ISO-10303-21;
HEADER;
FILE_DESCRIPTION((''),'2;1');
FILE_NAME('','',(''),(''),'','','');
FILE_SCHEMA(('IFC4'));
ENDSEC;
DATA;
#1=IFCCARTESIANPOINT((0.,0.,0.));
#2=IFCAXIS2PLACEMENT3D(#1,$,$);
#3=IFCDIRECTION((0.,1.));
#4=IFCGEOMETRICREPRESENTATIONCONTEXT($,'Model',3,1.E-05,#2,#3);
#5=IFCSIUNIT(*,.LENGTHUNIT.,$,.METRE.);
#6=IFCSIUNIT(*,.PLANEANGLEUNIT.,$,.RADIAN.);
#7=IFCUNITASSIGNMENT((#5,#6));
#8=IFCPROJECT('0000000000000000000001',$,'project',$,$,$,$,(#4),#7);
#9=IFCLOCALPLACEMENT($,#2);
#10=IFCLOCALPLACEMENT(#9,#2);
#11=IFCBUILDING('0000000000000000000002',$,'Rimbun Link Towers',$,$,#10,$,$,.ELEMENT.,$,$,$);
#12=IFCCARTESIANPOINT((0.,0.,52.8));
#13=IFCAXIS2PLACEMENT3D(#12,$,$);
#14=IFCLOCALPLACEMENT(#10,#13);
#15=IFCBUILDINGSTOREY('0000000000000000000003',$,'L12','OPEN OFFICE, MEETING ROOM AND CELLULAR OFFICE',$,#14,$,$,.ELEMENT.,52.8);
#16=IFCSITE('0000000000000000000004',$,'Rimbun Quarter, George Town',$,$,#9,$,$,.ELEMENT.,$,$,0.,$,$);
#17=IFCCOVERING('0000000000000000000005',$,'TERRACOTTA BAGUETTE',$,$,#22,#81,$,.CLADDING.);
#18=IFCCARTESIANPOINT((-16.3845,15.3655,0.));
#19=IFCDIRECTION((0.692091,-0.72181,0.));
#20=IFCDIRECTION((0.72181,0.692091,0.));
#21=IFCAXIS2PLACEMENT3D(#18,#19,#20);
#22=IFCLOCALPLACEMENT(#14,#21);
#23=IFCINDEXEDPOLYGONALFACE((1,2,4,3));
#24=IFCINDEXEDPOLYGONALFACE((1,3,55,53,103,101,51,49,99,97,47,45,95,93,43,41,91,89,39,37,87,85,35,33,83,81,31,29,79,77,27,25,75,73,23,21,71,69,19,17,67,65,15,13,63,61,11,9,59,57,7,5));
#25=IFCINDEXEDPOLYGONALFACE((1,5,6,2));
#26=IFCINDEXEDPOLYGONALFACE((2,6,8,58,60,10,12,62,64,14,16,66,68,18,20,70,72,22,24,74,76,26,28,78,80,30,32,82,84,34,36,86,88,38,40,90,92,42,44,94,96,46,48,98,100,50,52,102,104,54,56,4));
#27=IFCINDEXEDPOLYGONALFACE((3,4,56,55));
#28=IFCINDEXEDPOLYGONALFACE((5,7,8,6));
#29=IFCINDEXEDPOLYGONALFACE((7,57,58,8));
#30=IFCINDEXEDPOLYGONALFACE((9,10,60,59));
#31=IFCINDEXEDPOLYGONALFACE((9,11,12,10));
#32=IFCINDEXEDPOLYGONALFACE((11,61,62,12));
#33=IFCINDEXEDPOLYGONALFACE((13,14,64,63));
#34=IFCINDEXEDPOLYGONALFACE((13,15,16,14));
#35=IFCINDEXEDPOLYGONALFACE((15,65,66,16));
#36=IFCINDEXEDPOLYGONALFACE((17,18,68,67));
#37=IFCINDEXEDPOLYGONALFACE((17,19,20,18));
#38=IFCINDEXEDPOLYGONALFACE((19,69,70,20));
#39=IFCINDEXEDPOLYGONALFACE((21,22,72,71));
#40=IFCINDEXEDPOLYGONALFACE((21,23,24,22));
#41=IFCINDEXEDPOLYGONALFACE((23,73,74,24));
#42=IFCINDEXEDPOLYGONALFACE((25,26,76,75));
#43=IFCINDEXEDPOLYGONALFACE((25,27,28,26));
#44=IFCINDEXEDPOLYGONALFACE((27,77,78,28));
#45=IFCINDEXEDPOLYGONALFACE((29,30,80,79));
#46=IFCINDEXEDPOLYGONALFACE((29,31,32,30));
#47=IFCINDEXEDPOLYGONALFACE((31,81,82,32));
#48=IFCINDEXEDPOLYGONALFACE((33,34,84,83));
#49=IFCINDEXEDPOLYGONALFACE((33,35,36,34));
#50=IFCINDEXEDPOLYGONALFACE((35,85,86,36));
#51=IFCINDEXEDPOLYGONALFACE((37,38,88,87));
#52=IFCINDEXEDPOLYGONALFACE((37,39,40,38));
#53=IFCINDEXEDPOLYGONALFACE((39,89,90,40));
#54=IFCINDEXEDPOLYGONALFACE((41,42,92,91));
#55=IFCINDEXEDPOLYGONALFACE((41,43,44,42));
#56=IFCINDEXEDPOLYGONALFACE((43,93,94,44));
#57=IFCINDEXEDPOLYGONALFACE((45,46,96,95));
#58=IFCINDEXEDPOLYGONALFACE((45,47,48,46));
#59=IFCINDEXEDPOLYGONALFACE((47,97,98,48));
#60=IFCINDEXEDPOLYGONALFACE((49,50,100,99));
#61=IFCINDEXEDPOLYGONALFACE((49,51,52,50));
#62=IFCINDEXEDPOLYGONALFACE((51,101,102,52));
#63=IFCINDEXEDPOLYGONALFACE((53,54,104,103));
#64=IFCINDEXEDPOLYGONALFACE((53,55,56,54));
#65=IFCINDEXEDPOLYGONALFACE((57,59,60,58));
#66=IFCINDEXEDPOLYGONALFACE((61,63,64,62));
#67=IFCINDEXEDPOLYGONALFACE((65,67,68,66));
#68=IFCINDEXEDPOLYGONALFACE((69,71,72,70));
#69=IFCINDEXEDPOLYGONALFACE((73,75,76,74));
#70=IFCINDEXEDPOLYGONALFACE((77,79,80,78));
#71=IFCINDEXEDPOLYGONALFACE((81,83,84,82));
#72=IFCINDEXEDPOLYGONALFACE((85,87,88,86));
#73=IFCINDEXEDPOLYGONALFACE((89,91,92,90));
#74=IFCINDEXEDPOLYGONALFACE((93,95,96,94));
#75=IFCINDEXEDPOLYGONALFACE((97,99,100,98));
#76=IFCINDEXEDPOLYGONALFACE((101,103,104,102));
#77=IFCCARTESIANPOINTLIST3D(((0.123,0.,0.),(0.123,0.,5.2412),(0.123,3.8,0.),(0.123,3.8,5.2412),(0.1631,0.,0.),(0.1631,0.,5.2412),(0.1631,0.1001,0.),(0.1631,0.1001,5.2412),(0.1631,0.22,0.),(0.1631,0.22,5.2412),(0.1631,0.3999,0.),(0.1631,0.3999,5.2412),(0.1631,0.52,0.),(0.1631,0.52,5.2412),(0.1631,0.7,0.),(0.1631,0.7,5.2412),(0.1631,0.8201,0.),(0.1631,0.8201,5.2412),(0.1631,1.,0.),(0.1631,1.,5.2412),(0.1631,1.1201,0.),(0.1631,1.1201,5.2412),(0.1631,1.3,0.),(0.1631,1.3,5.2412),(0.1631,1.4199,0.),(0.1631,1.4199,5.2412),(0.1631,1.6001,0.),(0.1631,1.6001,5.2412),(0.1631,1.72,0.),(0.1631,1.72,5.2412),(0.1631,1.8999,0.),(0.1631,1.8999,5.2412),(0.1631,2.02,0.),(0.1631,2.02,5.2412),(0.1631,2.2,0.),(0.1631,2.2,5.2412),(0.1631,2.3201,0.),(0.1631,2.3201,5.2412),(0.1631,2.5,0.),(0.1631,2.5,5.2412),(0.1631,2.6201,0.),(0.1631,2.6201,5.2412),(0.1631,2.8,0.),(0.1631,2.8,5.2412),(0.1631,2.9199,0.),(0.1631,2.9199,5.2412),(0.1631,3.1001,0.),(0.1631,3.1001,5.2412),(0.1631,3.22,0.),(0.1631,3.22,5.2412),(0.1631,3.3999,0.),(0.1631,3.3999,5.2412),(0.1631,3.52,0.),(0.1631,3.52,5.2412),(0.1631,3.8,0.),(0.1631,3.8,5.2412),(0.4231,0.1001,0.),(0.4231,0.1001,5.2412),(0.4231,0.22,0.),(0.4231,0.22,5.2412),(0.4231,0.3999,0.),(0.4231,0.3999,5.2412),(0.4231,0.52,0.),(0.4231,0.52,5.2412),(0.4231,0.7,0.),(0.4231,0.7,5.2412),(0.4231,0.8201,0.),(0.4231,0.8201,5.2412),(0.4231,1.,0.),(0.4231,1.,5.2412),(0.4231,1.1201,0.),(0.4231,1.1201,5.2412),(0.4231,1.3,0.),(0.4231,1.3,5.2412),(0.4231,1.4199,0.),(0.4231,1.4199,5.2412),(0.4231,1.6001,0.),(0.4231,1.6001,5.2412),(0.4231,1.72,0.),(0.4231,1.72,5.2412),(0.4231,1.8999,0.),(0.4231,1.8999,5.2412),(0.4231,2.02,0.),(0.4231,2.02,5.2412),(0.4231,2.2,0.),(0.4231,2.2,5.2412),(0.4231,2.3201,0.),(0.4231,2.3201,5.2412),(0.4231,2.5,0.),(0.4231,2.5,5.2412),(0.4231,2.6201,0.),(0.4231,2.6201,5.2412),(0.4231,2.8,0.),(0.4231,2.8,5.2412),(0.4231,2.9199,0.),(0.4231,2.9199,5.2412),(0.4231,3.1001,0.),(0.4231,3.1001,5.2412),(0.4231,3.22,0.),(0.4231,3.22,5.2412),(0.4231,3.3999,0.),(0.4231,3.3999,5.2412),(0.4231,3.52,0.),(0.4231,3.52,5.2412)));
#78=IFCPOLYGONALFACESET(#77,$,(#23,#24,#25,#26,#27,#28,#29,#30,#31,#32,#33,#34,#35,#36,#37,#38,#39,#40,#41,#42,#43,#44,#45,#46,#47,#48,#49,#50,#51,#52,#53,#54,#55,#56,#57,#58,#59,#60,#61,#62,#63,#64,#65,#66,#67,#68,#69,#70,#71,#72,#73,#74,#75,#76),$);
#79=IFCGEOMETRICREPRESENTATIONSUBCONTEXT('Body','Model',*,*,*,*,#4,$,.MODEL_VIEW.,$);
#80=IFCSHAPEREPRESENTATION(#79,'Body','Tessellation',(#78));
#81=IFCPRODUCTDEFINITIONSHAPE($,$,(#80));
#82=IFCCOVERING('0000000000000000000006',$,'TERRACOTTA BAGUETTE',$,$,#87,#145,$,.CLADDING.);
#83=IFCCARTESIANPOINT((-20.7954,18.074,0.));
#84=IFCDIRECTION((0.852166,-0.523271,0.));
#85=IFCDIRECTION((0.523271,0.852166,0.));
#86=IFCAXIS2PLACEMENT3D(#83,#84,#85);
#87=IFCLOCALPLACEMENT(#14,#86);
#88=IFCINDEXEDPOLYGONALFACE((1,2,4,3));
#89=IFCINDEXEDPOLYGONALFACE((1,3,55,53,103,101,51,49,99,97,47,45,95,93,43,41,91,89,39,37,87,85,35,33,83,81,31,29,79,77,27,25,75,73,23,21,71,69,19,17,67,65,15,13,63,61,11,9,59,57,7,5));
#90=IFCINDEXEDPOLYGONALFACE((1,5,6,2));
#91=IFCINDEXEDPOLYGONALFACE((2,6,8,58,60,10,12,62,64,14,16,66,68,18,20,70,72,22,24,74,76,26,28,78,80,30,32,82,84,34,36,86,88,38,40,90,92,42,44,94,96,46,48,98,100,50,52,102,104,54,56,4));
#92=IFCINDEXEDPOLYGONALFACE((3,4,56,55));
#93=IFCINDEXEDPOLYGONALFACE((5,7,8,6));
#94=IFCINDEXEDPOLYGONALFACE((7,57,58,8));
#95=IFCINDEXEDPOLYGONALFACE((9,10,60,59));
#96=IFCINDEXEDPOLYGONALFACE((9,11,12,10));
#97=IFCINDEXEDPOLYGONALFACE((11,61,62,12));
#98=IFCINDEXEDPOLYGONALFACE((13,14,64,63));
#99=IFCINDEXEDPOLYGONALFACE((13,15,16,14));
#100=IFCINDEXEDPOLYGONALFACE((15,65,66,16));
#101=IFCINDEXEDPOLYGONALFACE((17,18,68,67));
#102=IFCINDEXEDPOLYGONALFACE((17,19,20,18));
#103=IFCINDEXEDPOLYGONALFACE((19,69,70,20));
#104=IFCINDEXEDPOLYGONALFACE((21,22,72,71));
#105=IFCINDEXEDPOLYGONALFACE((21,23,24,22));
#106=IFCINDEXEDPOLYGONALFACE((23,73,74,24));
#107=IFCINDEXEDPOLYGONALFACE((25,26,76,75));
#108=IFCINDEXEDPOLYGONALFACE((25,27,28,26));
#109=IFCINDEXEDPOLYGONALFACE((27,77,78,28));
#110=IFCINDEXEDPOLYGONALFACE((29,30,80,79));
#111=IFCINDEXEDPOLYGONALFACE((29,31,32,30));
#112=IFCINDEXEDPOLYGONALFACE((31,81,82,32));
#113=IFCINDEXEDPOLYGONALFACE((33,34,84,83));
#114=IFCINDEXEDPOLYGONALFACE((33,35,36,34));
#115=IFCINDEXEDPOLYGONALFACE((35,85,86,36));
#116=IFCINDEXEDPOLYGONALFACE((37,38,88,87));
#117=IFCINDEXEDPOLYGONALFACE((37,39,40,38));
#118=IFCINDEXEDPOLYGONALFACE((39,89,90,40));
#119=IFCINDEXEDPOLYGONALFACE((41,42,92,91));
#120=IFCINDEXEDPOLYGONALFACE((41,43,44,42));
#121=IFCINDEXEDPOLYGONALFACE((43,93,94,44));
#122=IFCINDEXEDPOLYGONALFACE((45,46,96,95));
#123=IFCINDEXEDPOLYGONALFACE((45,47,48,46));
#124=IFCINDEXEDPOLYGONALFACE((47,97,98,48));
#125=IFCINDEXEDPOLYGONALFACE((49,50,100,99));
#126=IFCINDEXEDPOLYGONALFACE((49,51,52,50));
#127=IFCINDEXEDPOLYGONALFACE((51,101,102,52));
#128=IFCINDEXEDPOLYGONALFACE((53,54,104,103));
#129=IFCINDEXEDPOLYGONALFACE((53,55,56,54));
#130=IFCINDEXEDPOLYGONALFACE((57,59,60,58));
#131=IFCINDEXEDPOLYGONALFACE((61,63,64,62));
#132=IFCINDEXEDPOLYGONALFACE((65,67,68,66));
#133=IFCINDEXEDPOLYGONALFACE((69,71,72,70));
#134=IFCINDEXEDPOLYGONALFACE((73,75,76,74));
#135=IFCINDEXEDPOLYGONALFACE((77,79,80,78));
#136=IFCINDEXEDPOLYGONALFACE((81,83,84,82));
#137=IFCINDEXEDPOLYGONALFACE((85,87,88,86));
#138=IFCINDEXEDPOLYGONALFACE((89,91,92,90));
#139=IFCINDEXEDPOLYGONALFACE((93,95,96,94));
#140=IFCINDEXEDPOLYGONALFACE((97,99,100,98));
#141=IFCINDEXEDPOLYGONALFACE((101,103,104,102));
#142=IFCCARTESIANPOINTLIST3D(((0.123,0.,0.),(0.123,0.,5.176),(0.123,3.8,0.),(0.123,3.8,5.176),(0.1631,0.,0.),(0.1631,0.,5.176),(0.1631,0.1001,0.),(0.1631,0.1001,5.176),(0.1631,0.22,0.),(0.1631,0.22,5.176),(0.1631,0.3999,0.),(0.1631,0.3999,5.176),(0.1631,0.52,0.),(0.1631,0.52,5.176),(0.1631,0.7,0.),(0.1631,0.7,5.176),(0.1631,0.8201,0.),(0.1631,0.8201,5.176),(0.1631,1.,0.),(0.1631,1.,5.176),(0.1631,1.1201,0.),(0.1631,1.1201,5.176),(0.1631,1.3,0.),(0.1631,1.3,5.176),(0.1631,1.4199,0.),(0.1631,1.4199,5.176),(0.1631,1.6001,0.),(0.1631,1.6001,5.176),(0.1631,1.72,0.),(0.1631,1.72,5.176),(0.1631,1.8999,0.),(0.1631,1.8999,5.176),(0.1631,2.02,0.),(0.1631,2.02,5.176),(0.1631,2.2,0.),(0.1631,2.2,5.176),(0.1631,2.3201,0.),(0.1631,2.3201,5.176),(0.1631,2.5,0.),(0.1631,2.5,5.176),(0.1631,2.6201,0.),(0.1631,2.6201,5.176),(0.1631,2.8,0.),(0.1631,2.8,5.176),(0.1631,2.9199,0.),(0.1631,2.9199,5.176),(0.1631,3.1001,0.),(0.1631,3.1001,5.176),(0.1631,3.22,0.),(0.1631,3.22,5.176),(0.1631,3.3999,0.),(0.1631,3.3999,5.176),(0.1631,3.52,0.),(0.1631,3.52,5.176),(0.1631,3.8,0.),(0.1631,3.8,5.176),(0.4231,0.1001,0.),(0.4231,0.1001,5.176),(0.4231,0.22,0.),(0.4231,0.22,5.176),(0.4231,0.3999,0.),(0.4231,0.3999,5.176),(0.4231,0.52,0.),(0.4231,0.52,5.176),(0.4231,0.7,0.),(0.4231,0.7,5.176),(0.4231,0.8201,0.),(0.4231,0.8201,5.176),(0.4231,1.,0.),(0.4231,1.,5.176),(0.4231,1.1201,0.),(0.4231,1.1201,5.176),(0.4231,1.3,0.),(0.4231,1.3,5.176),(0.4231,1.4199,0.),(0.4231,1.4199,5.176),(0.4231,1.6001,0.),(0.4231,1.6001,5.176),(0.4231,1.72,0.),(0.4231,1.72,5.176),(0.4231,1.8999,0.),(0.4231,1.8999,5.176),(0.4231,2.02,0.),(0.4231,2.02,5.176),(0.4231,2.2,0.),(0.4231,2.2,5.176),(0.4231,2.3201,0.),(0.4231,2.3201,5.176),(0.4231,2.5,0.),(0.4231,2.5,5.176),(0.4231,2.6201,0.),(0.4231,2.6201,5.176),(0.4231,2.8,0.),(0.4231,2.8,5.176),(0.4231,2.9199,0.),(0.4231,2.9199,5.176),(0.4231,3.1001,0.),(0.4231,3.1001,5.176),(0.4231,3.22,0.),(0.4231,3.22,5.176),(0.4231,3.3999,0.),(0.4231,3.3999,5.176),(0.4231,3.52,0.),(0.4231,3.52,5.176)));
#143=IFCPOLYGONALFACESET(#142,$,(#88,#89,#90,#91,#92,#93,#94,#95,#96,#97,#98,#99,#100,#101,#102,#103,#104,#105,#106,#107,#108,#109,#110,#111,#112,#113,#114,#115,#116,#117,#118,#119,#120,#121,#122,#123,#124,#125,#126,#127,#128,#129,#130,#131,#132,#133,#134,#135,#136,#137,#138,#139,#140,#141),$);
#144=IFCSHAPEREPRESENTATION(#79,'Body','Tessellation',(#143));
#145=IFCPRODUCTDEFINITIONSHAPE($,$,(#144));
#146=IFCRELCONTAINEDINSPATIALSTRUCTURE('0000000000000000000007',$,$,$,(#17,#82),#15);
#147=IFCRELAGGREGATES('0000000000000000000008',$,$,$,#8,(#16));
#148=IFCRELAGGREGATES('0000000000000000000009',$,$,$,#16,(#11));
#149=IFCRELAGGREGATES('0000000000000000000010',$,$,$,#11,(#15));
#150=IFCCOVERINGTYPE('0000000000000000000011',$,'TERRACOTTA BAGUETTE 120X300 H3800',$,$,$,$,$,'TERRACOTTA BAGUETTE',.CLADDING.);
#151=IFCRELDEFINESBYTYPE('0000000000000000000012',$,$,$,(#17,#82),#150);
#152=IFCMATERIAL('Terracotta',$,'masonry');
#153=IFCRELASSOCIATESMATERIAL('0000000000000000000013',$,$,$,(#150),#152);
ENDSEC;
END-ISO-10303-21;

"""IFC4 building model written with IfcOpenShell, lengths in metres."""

from ifc_helpers import new_model, si_unit, direction, frame, origin, place, context, subcontext, project, spatial, polyline, outline, extrude, material, material_profile, profile_set, type_object, element, save


model = new_model("IFC4")

# Units and contexts
model_context = context("Model", 3, precision=1e-05, world=origin(), true_north=direction((0.0, 1.0)))
body_context = subcontext(model_context, "Body", "Model", "MODEL_VIEW")
ifc_project = project(units=[si_unit("LENGTHUNIT", "METRE"), si_unit("PLANEANGLEUNIT", "RADIAN")], contexts=[model_context])

# Site, building, storey
site_placement = place(None, origin())
site = spatial("IfcSite", under=ifc_project, at=site_placement, Name="Rimbun Quarter, George Town", CompositionType="ELEMENT", RefElevation=0.0)
building_placement = place(site_placement, origin())
building = spatial("IfcBuilding", under=site, at=building_placement, Name="Rimbun Link Towers", CompositionType="ELEMENT")
storey_placement = place(building_placement, frame((0.0, 0.0, 52.8)))
storey = spatial("IfcBuildingStorey", under=building, at=storey_placement, Name="L12", Description="OPEN OFFICE, MEETING ROOM AND CELLULAR OFFICE", CompositionType="ELEMENT", Elevation=52.8)

# Coverings
ifc_material_1 = material(Name="Terracotta", Category="masonry")
ifc_material_profile_1 = material_profile(ifc_material_1, outline(polyline([(0.123, 0.0), (0.1631, 0.0), (0.1631, 0.1001), (0.4231, 0.1001), (0.4231, 0.22), (0.1631, 0.22), (0.1631, 0.3999), (0.4231, 0.3999), (0.4231, 0.52), (0.1631, 0.52), (0.1631, 0.7), (0.4231, 0.7), (0.4231, 0.8201), (0.1631, 0.8201), (0.1631, 1.0), (0.4231, 1.0), (0.4231, 1.1201), (0.1631, 1.1201), (0.1631, 1.3), (0.4231, 1.3), (0.4231, 1.4199), (0.1631, 1.4199), (0.1631, 1.6001), (0.4231, 1.6001), (0.4231, 1.72), (0.1631, 1.72), (0.1631, 1.8999), (0.4231, 1.8999), (0.4231, 2.02), (0.1631, 2.02), (0.1631, 2.2), (0.4231, 2.2), (0.4231, 2.3201), (0.1631, 2.3201), (0.1631, 2.5), (0.4231, 2.5), (0.4231, 2.6201), (0.1631, 2.6201), (0.1631, 2.8), (0.4231, 2.8), (0.4231, 2.9199), (0.1631, 2.9199), (0.1631, 3.1001), (0.4231, 3.1001), (0.4231, 3.22), (0.1631, 3.22), (0.1631, 3.3999), (0.4231, 3.3999), (0.4231, 3.52), (0.1631, 3.52), (0.1631, 3.8), (0.123, 3.8), (0.123, 0.0)])), Name="BAGUETTE 120X300")
ifc_profile_set_1 = profile_set([ifc_material_profile_1], Name="Terracotta")
covering_type = type_object("IfcCoveringType", Name="TERRACOTTA BAGUETTE 120X300 H3800", ElementType="TERRACOTTA BAGUETTE", PredefinedType="CLADDING", material=ifc_profile_set_1)
covering_1_placement = place(storey_placement, frame((-16.3845, 15.3655, 0.0), z_axis=(0.692091, -0.72181, 0.0), x_axis=(0.72181, 0.692091, 0.0)))
element("IfcCovering", 1, at=covering_1_placement, inside=storey, type_object=covering_type, Name="TERRACOTTA BAGUETTE", PredefinedType="CLADDING", context=body_context, shape_type="SweptSolid", body=[
    extrude(outline(polyline([(0.123, 0.0), (0.1631, 0.0), (0.1631, 0.1001), (0.4231, 0.1001), (0.4231, 0.22), (0.1631, 0.22), (0.1631, 0.3999), (0.4231, 0.3999), (0.4231, 0.52), (0.1631, 0.52), (0.1631, 0.7), (0.4231, 0.7), (0.4231, 0.8201), (0.1631, 0.8201), (0.1631, 1.0), (0.4231, 1.0), (0.4231, 1.1201), (0.1631, 1.1201), (0.1631, 1.3), (0.4231, 1.3), (0.4231, 1.4199), (0.1631, 1.4199), (0.1631, 1.6001), (0.4231, 1.6001), (0.4231, 1.72), (0.1631, 1.72), (0.1631, 1.8999), (0.4231, 1.8999), (0.4231, 2.02), (0.1631, 2.02), (0.1631, 2.2), (0.4231, 2.2), (0.4231, 2.3201), (0.1631, 2.3201), (0.1631, 2.5), (0.4231, 2.5), (0.4231, 2.6201), (0.1631, 2.6201), (0.1631, 2.8), (0.4231, 2.8), (0.4231, 2.9199), (0.1631, 2.9199), (0.1631, 3.1001), (0.4231, 3.1001), (0.4231, 3.22), (0.1631, 3.22), (0.1631, 3.3999), (0.4231, 3.3999), (0.4231, 3.52), (0.1631, 3.52), (0.1631, 3.8), (0.123, 3.8), (0.123, 0.0)])), origin(), (0.0, 0.0, 1.0), 5.2412),
])
covering_2_placement = place(storey_placement, frame((-20.7954, 18.074, 0.0), z_axis=(0.852166, -0.523271, 0.0), x_axis=(0.523271, 0.852166, 0.0)))
element("IfcCovering", 2, at=covering_2_placement, inside=storey, type_object=covering_type, Name="TERRACOTTA BAGUETTE", PredefinedType="CLADDING", context=body_context, shape_type="SweptSolid", body=[
    extrude(outline(polyline([(0.123, 0.0), (0.1631, 0.0), (0.1631, 0.1001), (0.4231, 0.1001), (0.4231, 0.22), (0.1631, 0.22), (0.1631, 0.3999), (0.4231, 0.3999), (0.4231, 0.52), (0.1631, 0.52), (0.1631, 0.7), (0.4231, 0.7), (0.4231, 0.8201), (0.1631, 0.8201), (0.1631, 1.0), (0.4231, 1.0), (0.4231, 1.1201), (0.1631, 1.1201), (0.1631, 1.3), (0.4231, 1.3), (0.4231, 1.4199), (0.1631, 1.4199), (0.1631, 1.6001), (0.4231, 1.6001), (0.4231, 1.72), (0.1631, 1.72), (0.1631, 1.8999), (0.4231, 1.8999), (0.4231, 2.02), (0.1631, 2.02), (0.1631, 2.2), (0.4231, 2.2), (0.4231, 2.3201), (0.1631, 2.3201), (0.1631, 2.5), (0.4231, 2.5), (0.4231, 2.6201), (0.1631, 2.6201), (0.1631, 2.8), (0.4231, 2.8), (0.4231, 2.9199), (0.1631, 2.9199), (0.1631, 3.1001), (0.4231, 3.1001), (0.4231, 3.22), (0.1631, 3.22), (0.1631, 3.3999), (0.4231, 3.3999), (0.4231, 3.52), (0.1631, 3.52), (0.1631, 3.8), (0.123, 3.8), (0.123, 0.0)])), origin(), (0.0, 0.0, 1.0), 5.176),
])

save(model, "model.ifc")
